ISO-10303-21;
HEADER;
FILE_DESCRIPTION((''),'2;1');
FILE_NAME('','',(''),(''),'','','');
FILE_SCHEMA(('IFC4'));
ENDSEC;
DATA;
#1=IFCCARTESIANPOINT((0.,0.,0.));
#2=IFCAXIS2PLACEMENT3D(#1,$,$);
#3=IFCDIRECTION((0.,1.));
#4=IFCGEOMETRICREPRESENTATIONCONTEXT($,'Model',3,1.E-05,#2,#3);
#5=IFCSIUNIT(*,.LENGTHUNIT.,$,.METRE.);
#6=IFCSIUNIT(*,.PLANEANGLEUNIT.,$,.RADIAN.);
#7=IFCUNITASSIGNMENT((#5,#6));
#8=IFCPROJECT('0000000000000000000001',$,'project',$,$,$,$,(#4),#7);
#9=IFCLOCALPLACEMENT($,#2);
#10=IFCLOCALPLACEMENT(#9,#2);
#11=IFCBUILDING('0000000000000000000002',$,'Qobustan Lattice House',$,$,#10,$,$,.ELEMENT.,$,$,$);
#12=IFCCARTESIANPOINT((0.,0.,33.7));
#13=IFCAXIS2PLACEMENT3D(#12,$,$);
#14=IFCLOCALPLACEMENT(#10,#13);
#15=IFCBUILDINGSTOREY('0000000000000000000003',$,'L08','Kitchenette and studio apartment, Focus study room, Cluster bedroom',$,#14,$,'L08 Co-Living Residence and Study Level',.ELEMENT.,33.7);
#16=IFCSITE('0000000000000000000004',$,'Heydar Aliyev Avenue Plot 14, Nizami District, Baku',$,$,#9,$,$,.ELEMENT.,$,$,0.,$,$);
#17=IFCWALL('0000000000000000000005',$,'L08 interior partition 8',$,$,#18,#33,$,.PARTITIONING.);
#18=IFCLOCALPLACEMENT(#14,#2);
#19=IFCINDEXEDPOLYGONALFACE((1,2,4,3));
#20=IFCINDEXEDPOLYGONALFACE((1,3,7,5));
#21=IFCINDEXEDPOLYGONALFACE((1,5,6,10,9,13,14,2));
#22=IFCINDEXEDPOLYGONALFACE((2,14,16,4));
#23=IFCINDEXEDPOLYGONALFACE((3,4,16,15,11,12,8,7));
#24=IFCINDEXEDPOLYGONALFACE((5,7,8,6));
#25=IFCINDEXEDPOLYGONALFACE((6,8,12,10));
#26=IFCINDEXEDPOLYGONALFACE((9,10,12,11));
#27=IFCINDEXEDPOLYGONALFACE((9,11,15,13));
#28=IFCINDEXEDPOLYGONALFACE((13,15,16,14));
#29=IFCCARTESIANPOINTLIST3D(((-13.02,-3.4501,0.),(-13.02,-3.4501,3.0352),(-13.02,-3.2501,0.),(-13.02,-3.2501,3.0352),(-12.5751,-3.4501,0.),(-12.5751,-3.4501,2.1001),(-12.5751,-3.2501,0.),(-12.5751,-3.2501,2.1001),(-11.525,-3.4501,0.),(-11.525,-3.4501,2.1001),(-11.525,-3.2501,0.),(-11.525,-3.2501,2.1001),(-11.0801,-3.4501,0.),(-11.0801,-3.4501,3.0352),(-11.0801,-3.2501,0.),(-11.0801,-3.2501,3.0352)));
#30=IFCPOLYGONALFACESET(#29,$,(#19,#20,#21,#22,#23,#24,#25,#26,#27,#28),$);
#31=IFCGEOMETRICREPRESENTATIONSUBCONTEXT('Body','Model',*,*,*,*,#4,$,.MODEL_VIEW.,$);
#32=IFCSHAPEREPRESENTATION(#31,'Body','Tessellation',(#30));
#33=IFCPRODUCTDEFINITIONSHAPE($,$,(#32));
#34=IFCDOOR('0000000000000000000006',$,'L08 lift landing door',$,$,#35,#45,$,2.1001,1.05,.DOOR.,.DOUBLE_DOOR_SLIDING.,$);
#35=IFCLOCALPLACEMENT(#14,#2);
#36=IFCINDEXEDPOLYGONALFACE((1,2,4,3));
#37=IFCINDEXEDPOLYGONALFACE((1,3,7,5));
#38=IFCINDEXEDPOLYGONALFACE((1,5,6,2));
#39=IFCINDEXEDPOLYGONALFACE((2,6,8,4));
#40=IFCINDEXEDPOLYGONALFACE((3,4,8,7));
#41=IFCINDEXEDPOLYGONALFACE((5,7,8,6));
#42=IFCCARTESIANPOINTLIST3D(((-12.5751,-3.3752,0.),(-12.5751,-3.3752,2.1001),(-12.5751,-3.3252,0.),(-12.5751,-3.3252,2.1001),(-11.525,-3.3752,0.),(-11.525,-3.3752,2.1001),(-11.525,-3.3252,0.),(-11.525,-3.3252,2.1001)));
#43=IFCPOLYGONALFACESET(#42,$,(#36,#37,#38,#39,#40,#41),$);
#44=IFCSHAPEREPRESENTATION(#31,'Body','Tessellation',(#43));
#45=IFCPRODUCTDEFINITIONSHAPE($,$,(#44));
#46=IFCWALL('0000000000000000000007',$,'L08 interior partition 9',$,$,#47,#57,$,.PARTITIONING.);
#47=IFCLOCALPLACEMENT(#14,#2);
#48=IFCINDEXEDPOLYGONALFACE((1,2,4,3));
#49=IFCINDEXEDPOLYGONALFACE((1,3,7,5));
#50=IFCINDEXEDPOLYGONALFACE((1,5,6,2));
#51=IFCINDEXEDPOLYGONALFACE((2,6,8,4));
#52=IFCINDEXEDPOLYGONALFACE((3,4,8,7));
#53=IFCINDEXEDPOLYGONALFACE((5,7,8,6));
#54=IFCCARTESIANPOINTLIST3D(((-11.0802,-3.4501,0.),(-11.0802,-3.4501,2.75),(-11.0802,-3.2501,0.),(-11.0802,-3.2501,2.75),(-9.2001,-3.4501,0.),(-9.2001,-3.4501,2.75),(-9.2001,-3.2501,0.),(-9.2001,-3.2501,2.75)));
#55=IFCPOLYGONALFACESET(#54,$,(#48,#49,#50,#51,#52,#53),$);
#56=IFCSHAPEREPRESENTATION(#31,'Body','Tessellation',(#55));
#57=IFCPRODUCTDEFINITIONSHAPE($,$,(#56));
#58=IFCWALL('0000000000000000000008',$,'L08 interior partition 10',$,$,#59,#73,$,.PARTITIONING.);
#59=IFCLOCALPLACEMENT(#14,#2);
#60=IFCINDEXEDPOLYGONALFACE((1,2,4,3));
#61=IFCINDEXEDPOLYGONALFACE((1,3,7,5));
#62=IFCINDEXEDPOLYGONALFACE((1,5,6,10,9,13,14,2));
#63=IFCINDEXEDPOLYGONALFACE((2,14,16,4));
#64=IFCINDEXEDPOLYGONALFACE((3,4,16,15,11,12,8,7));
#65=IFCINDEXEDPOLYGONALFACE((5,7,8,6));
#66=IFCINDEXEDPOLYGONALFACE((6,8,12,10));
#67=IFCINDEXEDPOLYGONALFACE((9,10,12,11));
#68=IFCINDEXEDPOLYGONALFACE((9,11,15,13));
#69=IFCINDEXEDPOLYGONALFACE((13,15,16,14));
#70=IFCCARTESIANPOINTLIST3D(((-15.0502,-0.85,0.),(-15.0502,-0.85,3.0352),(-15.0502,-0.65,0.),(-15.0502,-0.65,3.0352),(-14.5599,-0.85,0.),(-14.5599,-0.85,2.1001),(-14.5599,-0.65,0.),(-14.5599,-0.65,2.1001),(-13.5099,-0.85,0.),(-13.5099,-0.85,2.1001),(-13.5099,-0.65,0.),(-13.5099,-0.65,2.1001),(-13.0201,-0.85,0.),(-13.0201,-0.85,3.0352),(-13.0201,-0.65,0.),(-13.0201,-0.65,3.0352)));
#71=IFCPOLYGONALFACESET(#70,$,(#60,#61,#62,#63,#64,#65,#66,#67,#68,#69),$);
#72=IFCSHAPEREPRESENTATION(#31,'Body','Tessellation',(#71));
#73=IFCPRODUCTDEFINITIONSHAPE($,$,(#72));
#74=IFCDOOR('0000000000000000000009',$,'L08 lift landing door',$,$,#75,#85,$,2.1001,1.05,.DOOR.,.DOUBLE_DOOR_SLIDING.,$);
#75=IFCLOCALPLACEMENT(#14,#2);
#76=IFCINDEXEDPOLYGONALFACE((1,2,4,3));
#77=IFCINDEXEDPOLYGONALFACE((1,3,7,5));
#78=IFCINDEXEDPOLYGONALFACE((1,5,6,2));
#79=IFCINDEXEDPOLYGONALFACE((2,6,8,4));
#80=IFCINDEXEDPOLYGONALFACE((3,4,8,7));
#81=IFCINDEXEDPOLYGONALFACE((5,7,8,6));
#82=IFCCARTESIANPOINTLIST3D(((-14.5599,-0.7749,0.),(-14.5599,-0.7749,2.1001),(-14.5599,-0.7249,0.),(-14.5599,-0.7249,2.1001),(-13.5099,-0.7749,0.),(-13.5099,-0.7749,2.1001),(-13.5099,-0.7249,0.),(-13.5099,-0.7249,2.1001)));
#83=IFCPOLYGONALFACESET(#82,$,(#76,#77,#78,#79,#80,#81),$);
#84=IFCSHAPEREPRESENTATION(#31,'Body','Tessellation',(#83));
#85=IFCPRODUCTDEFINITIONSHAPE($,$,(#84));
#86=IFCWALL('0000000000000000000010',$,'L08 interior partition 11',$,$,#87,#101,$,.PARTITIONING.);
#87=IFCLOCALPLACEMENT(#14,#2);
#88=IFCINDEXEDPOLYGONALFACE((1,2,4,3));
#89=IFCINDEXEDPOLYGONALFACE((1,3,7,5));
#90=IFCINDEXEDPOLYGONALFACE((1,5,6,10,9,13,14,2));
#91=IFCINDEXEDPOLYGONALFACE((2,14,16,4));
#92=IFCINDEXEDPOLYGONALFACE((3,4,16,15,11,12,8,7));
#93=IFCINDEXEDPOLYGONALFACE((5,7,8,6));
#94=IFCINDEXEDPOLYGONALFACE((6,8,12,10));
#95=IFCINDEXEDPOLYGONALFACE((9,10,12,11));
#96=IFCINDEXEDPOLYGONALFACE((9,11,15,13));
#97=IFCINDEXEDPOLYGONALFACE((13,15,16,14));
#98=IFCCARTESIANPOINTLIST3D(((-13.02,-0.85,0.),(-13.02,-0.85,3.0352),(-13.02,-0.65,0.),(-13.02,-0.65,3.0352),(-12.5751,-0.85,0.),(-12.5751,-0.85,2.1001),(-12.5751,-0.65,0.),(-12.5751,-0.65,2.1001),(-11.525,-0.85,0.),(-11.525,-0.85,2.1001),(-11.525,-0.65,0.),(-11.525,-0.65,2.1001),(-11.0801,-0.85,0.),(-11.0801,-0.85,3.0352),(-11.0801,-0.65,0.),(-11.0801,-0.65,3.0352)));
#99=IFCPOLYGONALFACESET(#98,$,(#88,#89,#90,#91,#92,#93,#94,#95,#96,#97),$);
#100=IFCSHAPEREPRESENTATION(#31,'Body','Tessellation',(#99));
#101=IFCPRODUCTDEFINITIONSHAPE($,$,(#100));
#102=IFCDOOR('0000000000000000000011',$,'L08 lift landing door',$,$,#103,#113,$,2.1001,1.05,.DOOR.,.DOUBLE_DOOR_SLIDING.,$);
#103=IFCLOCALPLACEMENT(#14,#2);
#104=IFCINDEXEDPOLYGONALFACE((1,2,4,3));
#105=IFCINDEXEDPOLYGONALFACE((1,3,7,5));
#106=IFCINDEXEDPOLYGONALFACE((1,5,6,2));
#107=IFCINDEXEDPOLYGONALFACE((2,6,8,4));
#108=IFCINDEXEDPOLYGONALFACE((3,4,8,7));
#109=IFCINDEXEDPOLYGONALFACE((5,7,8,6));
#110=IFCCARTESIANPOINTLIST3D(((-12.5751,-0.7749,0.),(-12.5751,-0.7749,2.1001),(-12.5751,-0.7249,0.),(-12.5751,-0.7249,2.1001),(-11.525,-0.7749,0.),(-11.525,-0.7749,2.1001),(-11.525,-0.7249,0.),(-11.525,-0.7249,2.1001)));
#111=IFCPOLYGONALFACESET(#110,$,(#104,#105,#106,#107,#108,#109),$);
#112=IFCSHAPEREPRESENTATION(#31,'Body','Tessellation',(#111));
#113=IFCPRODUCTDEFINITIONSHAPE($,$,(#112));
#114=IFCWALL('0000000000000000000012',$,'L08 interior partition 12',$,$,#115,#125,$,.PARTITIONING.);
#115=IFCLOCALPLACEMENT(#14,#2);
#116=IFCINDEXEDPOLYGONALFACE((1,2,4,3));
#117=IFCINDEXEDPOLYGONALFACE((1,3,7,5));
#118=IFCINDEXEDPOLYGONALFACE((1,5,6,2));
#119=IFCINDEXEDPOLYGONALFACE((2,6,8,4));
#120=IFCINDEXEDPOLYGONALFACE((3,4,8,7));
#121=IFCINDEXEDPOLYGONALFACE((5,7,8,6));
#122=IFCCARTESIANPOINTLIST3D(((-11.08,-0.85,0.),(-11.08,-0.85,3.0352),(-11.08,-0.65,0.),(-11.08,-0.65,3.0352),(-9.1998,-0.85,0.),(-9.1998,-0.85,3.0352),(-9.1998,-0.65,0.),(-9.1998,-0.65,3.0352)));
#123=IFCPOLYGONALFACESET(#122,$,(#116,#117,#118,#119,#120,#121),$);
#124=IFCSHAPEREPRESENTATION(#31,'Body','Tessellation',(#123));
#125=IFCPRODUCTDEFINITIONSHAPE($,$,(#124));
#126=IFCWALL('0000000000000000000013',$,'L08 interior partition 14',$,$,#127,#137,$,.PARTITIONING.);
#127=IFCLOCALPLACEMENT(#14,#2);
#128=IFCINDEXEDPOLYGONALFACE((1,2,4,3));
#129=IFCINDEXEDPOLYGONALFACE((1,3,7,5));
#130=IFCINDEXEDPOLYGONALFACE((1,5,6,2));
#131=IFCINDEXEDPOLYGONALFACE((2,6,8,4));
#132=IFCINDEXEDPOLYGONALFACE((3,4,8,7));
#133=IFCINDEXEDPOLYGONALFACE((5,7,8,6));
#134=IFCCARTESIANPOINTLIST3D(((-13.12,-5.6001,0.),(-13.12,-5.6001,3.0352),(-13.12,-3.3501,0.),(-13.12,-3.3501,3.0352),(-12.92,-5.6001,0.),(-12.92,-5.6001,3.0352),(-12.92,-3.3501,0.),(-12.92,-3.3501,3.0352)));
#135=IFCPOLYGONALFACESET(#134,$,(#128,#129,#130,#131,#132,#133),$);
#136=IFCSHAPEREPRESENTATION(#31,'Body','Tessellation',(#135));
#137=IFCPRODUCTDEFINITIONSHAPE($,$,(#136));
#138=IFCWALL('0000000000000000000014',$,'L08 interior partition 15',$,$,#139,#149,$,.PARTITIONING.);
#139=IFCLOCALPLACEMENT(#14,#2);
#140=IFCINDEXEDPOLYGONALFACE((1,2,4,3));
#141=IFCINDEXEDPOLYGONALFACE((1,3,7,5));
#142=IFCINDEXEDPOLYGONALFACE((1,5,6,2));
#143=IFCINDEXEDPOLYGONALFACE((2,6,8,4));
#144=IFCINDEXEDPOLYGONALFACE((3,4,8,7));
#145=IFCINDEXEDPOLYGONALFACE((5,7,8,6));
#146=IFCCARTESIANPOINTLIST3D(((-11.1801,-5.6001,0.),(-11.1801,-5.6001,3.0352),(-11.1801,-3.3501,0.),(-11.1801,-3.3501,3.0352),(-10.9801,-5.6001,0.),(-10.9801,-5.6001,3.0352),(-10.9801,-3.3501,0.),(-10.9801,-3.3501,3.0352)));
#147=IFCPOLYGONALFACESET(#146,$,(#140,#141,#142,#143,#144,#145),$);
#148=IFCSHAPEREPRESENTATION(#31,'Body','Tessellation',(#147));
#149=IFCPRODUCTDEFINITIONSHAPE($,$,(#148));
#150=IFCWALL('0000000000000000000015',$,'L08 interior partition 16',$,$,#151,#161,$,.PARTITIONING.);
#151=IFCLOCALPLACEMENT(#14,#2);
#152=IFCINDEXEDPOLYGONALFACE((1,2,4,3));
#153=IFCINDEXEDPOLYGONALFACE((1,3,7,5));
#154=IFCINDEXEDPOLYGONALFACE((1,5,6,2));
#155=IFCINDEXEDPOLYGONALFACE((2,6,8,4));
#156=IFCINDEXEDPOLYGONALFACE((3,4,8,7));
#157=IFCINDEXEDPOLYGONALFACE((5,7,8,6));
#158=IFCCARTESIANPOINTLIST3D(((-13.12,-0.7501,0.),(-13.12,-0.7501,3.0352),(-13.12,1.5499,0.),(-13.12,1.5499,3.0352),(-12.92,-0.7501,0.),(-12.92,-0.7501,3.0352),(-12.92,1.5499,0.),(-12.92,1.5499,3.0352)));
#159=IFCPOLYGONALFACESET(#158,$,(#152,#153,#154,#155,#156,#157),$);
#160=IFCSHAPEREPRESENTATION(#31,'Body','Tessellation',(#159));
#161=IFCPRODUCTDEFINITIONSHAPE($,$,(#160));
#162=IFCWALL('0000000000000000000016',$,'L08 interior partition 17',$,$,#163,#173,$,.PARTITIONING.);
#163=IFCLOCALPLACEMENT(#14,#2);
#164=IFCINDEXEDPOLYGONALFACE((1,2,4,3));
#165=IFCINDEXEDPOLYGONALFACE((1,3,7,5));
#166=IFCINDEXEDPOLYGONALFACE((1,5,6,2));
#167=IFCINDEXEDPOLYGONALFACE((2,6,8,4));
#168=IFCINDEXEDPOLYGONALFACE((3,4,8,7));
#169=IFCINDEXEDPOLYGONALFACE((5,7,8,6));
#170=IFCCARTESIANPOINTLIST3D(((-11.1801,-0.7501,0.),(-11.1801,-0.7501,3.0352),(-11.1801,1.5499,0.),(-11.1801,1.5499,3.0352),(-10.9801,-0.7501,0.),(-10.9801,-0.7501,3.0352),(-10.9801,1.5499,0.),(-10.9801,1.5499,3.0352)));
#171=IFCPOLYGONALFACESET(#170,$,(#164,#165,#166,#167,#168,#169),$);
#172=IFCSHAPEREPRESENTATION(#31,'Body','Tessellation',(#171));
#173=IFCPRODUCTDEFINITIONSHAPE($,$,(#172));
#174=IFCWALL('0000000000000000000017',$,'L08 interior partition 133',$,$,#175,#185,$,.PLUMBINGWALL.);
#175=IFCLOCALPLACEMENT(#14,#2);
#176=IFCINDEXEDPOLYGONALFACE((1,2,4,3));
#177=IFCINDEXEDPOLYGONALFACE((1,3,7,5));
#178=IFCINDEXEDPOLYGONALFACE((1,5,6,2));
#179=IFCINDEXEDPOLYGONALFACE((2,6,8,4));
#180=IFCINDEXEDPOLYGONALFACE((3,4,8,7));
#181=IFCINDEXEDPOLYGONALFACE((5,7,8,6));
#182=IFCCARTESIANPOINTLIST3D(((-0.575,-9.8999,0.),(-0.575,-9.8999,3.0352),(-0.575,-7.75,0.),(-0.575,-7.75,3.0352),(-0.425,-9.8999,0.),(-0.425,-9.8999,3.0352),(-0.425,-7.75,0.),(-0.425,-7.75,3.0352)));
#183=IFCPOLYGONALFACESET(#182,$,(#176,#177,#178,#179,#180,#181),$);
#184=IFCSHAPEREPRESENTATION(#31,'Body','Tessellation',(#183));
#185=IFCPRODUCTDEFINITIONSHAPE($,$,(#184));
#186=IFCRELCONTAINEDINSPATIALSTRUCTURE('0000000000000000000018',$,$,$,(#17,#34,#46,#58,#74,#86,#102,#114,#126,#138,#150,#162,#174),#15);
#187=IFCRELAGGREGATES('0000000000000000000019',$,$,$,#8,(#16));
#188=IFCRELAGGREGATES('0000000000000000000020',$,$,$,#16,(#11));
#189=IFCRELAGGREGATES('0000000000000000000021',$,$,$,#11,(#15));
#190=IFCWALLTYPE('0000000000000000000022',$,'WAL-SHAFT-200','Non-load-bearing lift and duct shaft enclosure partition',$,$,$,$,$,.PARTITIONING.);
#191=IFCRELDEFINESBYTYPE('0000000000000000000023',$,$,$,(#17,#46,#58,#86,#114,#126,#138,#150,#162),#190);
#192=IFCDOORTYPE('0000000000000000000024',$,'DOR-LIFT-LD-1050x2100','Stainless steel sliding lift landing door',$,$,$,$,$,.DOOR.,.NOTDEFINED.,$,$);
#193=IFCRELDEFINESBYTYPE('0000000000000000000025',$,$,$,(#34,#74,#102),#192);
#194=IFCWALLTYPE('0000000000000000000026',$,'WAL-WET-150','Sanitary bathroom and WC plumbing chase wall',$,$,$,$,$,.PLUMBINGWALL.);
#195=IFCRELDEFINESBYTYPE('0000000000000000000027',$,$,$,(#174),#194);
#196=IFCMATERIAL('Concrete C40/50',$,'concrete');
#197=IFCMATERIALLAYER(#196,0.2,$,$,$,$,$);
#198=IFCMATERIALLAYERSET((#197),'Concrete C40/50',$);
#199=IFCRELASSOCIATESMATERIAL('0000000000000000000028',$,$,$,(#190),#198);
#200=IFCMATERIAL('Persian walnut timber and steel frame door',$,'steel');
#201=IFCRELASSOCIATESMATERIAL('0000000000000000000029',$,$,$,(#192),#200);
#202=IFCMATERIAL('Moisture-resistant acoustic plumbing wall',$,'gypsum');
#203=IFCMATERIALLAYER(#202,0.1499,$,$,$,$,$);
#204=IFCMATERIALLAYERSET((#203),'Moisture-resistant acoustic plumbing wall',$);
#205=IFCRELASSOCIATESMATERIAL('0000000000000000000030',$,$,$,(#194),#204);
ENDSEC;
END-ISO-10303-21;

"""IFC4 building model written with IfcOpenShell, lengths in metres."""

from ifc_helpers import new_model, si_unit, direction, frame, frame_2d, origin, place, context, subcontext, project, spatial, rectangle, extrude, material, layer, layer_set, type_object, element, fill, save


model = new_model("IFC4")

# Units and contexts
model_context = context("Model", 3, precision=1e-05, world=origin(), true_north=direction((0.0, 1.0)))
body_context = subcontext(model_context, "Body", "Model", "MODEL_VIEW")
ifc_project = project(units=[si_unit("LENGTHUNIT", "METRE"), si_unit("PLANEANGLEUNIT", "RADIAN")], contexts=[model_context])

# Site, building, storey
site_placement = place(None, origin())
site = spatial("IfcSite", under=ifc_project, at=site_placement, Name="Heydar Aliyev Avenue Plot 14, Nizami District, Baku", CompositionType="ELEMENT", RefElevation=0.0)
building_placement = place(site_placement, origin())
building = spatial("IfcBuilding", under=site, at=building_placement, Name="Qobustan Lattice House", CompositionType="ELEMENT")
storey_placement = place(building_placement, frame((0.0, 0.0, 33.7)))
storey = spatial("IfcBuildingStorey", under=building, at=storey_placement, Name="L08", Description="Kitchenette and studio apartment, Focus study room, Cluster bedroom", LongName="L08 Co-Living Residence and Study Level", CompositionType="ELEMENT", Elevation=33.7)

# Wall, opening, door
ifc_material_1 = material(Name="Concrete C40/50", Category="concrete")
ifc_layer_1 = layer(ifc_material_1, 0.2)
ifc_layer_set_1 = layer_set([ifc_layer_1], Name="Concrete C40/50")
wall_type_1 = type_object("IfcWallType", Name="WAL-SHAFT-200", Description="Non-load-bearing lift and duct shaft enclosure partition", PredefinedType="PARTITIONING", material=ifc_layer_set_1)
ifc_material_2 = material(Name="Persian walnut timber and steel frame door", Category="steel")
door_type_1 = type_object("IfcDoorType", Name="DOR-LIFT-LD-1050x2100", Description="Stainless steel sliding lift landing door", OperationType="NOTDEFINED", PredefinedType="DOOR", material=ifc_material_2)
wall_1_placement = place(storey_placement, frame((-13.02, -3.3501, 0.0), z_axis=(0.0, 0.0, 1.0), x_axis=(1.0, 0.0, 0.0)))
wall_1 = element("IfcWall", 1, at=wall_1_placement, inside=storey, type_object=wall_type_1, Name="L08 interior partition 8", PredefinedType="PARTITIONING", context=body_context, shape_type="SweptSolid", body=[
    extrude(rectangle(XDim=1.9399, YDim=0.2, at=frame_2d((0.97, 0.0))), origin(), (0.0, 0.0, 1.0), 3.0352),
])
opening_1_placement = place(wall_1_placement, frame((0.4451, 0.0, 0.0)))
opening_1 = element("IfcOpeningElement", 2, at=opening_1_placement, cuts=wall_1, PredefinedType="OPENING", context=body_context, shape_type="SweptSolid", body=[
    extrude(rectangle(XDim=1.05, YDim=2.1001, at=frame_2d((0.5249, 1.05))), frame((0.0, 0.1099, 0.0), z_axis=(0.0, -1.0, 0.0), x_axis=(1.0, 0.0, 0.0)), (0.0, 0.0, 1.0), 0.22),
])
door_1_placement = place(opening_1_placement, origin())
door_1 = element("IfcDoor", 3, at=door_1_placement, inside=storey, type_object=door_type_1, Name="L08 lift landing door", OperationType="DOUBLE_DOOR_SLIDING", OverallHeight=2.1001, OverallWidth=1.05, PredefinedType="DOOR", context=body_context, shape_type="SweptSolid", body=[
    extrude(rectangle(XDim=1.05, YDim=2.1001, at=frame_2d((0.5249, 1.05))), frame((0.0, 0.0249, 0.0), z_axis=(0.0, -1.0, 0.0), x_axis=(1.0, 0.0, 0.0)), (0.0, 0.0, 1.0), 0.05),
])
fill(opening_1, door_1)

# Wall
wall_2_placement = place(storey_placement, frame((-11.0801, -3.3501, 0.0), z_axis=(0.0, 0.0, 1.0), x_axis=(1.0, 0.0, 0.0)))
element("IfcWall", 4, at=wall_2_placement, inside=storey, type_object=wall_type_1, Name="L08 interior partition 9", PredefinedType="PARTITIONING", context=body_context, shape_type="SweptSolid", body=[
    extrude(rectangle(XDim=1.8801, YDim=0.2, at=frame_2d((0.9399, 0.0))), origin(), (0.0, 0.0, 1.0), 2.75),
])

# Walls, openings, doors
wall_3_placement = place(storey_placement, frame((-13.02, -0.75, 0.0), z_axis=(0.0, 0.0, 1.0), x_axis=(-1.0, 0.0, 0.0)))
wall_3 = element("IfcWall", 5, at=wall_3_placement, inside=storey, type_object=wall_type_1, Name="L08 interior partition 10", PredefinedType="PARTITIONING", context=body_context, shape_type="SweptSolid", body=[
    extrude(rectangle(XDim=2.03, YDim=0.2, at=frame_2d((1.0151, 0.0))), origin(), (0.0, 0.0, 1.0), 3.0352),
])
opening_2_placement = place(wall_3_placement, frame((0.49, 0.0, 0.0)))
opening_2 = element("IfcOpeningElement", 6, at=opening_2_placement, cuts=wall_3, PredefinedType="OPENING", context=body_context, shape_type="SweptSolid", body=[
    extrude(rectangle(XDim=1.05, YDim=2.1001, at=frame_2d((0.5249, 1.05))), frame((0.0, 0.1099, 0.0), z_axis=(0.0, -1.0, 0.0), x_axis=(1.0, 0.0, 0.0)), (0.0, 0.0, 1.0), 0.22),
])
door_2_placement = place(opening_2_placement, origin())
door_2 = element("IfcDoor", 7, at=door_2_placement, inside=storey, type_object=door_type_1, Name="L08 lift landing door", OperationType="DOUBLE_DOOR_SLIDING", OverallHeight=2.1001, OverallWidth=1.05, PredefinedType="DOOR", context=body_context, shape_type="SweptSolid", body=[
    extrude(rectangle(XDim=1.05, YDim=2.1001, at=frame_2d((0.5249, 1.05))), frame((0.0, 0.0249, 0.0), z_axis=(0.0, -1.0, 0.0), x_axis=(1.0, 0.0, 0.0)), (0.0, 0.0, 1.0), 0.05),
])
fill(opening_2, door_2)
wall_4_placement = place(storey_placement, frame((-11.0801, -0.75, 0.0), z_axis=(0.0, 0.0, 1.0), x_axis=(-1.0, 0.0, 0.0)))
wall_4 = element("IfcWall", 8, at=wall_4_placement, inside=storey, type_object=wall_type_1, Name="L08 interior partition 11", PredefinedType="PARTITIONING", context=body_context, shape_type="SweptSolid", body=[
    extrude(rectangle(XDim=1.9399, YDim=0.2, at=frame_2d((0.97, 0.0))), origin(), (0.0, 0.0, 1.0), 3.0352),
])
opening_3_placement = place(wall_4_placement, frame((0.4451, 0.0, 0.0)))
opening_3 = element("IfcOpeningElement", 9, at=opening_3_placement, cuts=wall_4, PredefinedType="OPENING", context=body_context, shape_type="SweptSolid", body=[
    extrude(rectangle(XDim=1.05, YDim=2.1001, at=frame_2d((0.5249, 1.05))), frame((0.0, 0.1099, 0.0), z_axis=(0.0, -1.0, 0.0), x_axis=(1.0, 0.0, 0.0)), (0.0, 0.0, 1.0), 0.22),
])
door_3_placement = place(opening_3_placement, origin())
door_3 = element("IfcDoor", 10, at=door_3_placement, inside=storey, type_object=door_type_1, Name="L08 lift landing door", OperationType="DOUBLE_DOOR_SLIDING", OverallHeight=2.1001, OverallWidth=1.05, PredefinedType="DOOR", context=body_context, shape_type="SweptSolid", body=[
    extrude(rectangle(XDim=1.05, YDim=2.1001, at=frame_2d((0.5249, 1.05))), frame((0.0, 0.0249, 0.0), z_axis=(0.0, -1.0, 0.0), x_axis=(1.0, 0.0, 0.0)), (0.0, 0.0, 1.0), 0.05),
])
fill(opening_3, door_3)

# Walls
wall_5_placement = place(storey_placement, frame((-9.2, -0.75, 0.0), z_axis=(0.0, 0.0, 1.0), x_axis=(-1.0, 0.0, 0.0)))
element("IfcWall", 11, at=wall_5_placement, inside=storey, type_object=wall_type_1, Name="L08 interior partition 12", PredefinedType="PARTITIONING", context=body_context, shape_type="SweptSolid", body=[
    extrude(rectangle(XDim=1.8801, YDim=0.2, at=frame_2d((0.9399, 0.0))), origin(), (0.0, 0.0, 1.0), 3.0352),
])
for number, where, z_axis, x_axis, name in (
    (12, (-13.02, -5.6001, 0.0), (0.0, 0.0, 1.0), (0.0, 1.0, 0.0), "L08 interior partition 14"),
    (13, (-11.0801, -5.6001, 0.0), (0.0, 0.0, 1.0), (0.0, 1.0, 0.0), "L08 interior partition 15"),
):
    element("IfcWall", number, at=place(storey_placement, frame(where, z_axis=z_axis, x_axis=x_axis)), inside=storey, type_object=wall_type_1, Name=name, PredefinedType="PARTITIONING", context=body_context, shape_type="SweptSolid", body=[
        extrude(rectangle(XDim=2.25, YDim=0.2, at=frame_2d((1.125, 0.0))), origin(), (0.0, 0.0, 1.0), 3.0352),
    ])
for number, where, z_axis, x_axis, name in (
    (14, (-13.02, -0.75, 0.0), (0.0, 0.0, 1.0), (0.0, 1.0, 0.0), "L08 interior partition 16"),
    (15, (-11.0801, -0.75, 0.0), (0.0, 0.0, 1.0), (0.0, 1.0, 0.0), "L08 interior partition 17"),
):
    element("IfcWall", number, at=place(storey_placement, frame(where, z_axis=z_axis, x_axis=x_axis)), inside=storey, type_object=wall_type_1, Name=name, PredefinedType="PARTITIONING", context=body_context, shape_type="SweptSolid", body=[
        extrude(rectangle(XDim=2.3, YDim=0.2, at=frame_2d((1.1499, 0.0))), origin(), (0.0, 0.0, 1.0), 3.0352),
    ])
ifc_material_3 = material(Name="Moisture-resistant acoustic plumbing wall", Category="gypsum")
ifc_layer_2 = layer(ifc_material_3, 0.1499)
ifc_layer_set_2 = layer_set([ifc_layer_2], Name="Moisture-resistant acoustic plumbing wall")
wall_type_2 = type_object("IfcWallType", Name="WAL-WET-150", Description="Sanitary bathroom and WC plumbing chase wall", PredefinedType="PLUMBINGWALL", material=ifc_layer_set_2)
wall_6_placement = place(storey_placement, frame((-0.5, -7.75, 0.0), z_axis=(0.0, 0.0, 1.0), x_axis=(0.0, -1.0, 0.0)))
element("IfcWall", 16, at=wall_6_placement, inside=storey, type_object=wall_type_2, Name="L08 interior partition 133", PredefinedType="PLUMBINGWALL", context=body_context, shape_type="SweptSolid", body=[
    extrude(rectangle(XDim=2.1499, YDim=0.1499, at=frame_2d((1.075, 0.0))), origin(), (0.0, 0.0, 1.0), 3.0352),
])

save(model, "model.ifc")
